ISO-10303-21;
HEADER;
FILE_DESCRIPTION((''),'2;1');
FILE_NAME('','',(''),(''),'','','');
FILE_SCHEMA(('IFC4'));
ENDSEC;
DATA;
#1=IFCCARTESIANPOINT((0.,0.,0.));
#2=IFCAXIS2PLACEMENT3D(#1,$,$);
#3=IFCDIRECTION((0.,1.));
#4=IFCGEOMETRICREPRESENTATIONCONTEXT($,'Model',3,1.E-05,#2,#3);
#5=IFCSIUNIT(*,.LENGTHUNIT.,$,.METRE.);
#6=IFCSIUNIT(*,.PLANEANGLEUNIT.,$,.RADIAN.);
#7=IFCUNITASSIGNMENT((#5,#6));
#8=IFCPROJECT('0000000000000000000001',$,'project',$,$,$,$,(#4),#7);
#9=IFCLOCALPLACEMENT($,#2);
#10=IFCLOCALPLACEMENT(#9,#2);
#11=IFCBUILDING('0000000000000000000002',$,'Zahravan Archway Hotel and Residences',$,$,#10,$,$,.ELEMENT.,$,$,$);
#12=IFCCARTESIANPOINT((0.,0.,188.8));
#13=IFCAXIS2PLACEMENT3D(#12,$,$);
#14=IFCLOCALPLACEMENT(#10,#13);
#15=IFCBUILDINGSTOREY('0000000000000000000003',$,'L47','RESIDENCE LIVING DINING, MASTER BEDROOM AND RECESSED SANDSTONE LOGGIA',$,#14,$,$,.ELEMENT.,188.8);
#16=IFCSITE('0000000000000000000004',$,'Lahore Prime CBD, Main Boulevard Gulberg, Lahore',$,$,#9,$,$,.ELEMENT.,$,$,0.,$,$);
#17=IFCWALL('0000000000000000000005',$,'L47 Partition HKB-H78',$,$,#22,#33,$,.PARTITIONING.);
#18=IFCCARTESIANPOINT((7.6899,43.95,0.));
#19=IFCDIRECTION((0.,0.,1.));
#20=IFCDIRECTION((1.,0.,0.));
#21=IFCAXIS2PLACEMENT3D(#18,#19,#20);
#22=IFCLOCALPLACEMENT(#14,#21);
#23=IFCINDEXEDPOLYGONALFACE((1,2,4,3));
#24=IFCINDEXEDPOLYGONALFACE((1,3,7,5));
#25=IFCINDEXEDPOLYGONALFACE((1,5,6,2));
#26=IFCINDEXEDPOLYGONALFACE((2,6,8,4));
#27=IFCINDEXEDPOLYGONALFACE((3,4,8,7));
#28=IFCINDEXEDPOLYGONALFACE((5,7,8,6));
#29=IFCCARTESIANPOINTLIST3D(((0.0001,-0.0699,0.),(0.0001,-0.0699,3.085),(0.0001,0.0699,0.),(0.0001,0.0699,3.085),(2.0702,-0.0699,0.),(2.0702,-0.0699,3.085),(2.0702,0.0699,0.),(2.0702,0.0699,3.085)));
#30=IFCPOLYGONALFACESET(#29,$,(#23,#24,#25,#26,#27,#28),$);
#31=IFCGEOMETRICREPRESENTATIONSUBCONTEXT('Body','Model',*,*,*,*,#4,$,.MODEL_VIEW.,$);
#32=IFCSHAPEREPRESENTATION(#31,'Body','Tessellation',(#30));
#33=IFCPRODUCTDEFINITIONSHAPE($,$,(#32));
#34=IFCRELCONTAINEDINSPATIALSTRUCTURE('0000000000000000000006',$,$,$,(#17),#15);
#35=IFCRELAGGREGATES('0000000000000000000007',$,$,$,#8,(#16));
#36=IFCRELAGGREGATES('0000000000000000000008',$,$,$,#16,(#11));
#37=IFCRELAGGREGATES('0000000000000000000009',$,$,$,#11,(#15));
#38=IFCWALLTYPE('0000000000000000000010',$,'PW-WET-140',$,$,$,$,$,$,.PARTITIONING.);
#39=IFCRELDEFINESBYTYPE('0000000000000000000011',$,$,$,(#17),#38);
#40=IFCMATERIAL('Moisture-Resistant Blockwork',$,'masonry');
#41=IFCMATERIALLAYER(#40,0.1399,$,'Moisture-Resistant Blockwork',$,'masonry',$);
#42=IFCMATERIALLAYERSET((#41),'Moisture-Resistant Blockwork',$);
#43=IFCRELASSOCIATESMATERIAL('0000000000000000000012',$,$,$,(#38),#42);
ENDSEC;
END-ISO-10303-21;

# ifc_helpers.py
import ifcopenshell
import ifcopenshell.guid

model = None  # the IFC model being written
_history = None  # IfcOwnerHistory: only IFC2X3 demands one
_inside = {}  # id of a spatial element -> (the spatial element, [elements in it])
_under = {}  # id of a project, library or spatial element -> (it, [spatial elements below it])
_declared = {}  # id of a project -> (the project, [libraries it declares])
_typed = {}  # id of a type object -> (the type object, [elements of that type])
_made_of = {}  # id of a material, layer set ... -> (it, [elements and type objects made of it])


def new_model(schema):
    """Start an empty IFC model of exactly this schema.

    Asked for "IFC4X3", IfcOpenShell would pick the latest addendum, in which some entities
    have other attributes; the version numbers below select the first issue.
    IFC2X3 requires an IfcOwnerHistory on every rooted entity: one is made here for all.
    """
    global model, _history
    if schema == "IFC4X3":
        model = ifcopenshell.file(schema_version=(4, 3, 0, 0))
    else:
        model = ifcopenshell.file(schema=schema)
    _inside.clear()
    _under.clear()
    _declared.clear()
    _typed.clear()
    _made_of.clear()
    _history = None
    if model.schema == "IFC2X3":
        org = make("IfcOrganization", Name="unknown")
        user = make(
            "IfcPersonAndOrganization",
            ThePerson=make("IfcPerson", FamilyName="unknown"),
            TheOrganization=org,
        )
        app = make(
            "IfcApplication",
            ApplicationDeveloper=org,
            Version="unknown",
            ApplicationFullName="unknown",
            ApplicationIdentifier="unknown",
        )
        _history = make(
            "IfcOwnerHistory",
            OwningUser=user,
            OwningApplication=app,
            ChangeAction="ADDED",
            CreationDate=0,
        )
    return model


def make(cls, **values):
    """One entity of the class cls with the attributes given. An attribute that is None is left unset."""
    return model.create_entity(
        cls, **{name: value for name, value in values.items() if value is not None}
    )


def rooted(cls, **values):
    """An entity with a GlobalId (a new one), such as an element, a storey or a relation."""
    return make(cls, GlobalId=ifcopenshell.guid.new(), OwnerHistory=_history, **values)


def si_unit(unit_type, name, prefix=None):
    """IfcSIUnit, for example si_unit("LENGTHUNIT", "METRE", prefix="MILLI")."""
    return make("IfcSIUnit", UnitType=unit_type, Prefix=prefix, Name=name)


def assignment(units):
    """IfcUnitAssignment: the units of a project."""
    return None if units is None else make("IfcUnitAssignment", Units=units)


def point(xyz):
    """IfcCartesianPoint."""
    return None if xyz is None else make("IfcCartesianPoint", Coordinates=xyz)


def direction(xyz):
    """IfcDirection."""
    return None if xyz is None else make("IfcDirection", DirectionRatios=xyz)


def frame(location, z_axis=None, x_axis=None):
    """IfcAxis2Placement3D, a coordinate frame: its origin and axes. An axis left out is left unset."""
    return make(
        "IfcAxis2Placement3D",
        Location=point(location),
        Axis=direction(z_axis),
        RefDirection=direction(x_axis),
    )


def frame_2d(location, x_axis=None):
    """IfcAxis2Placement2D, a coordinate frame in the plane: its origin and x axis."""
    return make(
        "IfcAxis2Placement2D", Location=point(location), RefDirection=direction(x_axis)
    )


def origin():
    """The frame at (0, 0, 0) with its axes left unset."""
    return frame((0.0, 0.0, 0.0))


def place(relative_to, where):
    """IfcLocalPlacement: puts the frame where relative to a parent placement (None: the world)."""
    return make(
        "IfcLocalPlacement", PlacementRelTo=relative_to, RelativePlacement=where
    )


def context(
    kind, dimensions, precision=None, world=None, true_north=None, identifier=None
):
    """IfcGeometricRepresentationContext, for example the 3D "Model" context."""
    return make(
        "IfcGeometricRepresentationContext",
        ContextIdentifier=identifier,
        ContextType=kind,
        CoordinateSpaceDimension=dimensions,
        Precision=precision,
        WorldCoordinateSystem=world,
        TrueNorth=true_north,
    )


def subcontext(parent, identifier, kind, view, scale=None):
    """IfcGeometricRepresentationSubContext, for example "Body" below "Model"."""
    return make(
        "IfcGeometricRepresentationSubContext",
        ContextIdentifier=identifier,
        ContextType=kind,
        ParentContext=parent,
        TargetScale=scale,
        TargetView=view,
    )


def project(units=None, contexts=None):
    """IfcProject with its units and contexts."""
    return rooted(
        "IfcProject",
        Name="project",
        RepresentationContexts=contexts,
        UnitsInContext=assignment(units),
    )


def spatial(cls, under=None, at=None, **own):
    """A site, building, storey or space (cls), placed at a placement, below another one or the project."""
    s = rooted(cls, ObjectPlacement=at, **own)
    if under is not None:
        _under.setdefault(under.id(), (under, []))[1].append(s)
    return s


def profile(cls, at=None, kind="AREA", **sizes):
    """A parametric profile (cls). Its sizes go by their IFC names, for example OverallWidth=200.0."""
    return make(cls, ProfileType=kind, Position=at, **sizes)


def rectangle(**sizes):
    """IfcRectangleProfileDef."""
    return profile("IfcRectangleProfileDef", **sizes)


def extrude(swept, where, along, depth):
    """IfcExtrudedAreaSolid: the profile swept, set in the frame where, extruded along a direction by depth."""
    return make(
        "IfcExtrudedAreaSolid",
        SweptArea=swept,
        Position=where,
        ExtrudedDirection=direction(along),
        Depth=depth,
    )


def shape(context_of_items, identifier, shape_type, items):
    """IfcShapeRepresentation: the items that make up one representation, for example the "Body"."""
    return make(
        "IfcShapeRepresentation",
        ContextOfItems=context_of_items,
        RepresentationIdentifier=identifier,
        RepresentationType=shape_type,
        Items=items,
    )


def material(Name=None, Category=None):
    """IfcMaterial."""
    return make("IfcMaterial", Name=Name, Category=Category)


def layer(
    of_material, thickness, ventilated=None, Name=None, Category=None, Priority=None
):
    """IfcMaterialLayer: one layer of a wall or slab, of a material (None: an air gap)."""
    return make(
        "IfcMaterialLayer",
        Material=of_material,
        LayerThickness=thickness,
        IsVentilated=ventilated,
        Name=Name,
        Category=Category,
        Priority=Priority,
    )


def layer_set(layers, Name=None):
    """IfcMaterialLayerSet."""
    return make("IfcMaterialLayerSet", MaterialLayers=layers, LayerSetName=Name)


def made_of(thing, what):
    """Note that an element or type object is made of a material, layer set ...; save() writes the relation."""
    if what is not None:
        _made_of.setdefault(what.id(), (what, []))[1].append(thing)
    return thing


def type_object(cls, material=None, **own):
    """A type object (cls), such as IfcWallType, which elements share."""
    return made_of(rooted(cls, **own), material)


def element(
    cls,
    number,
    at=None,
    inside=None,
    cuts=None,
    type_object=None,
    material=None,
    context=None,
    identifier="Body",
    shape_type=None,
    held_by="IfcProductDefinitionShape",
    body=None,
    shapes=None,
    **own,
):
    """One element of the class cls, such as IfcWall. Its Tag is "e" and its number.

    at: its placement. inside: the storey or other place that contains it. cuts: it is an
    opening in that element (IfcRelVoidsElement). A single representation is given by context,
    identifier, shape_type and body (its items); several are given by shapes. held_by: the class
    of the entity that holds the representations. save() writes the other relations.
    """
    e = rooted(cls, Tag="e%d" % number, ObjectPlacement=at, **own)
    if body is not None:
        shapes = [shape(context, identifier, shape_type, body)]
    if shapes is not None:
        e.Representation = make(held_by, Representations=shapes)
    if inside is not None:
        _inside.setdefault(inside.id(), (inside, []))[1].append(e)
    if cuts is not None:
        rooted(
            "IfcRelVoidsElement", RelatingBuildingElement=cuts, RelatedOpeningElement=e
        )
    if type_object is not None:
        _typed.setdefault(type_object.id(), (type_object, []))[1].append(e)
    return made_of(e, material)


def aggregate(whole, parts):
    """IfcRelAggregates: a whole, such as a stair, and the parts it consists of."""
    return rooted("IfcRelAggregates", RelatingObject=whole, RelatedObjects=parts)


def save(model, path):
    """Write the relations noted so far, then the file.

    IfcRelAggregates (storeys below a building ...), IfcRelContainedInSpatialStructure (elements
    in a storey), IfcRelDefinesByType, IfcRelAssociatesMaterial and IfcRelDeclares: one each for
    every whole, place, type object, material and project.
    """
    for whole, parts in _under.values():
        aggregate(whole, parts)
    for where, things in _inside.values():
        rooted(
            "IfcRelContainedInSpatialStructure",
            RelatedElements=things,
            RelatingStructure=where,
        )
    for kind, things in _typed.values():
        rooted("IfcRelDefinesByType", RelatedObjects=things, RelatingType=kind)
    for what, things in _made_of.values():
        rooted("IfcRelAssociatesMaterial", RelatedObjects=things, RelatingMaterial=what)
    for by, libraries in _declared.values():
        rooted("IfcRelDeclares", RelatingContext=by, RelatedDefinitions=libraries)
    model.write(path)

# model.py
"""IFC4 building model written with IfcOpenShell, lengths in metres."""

from ifc_helpers import new_model, si_unit, direction, frame, frame_2d, origin, place, context, subcontext, project, spatial, rectangle, extrude, material, layer, layer_set, type_object, element, save


model = new_model("IFC4")

# Units and contexts
model_context = context("Model", 3, precision=1e-05, world=origin(), true_north=direction((0.0, 1.0)))
body_context = subcontext(model_context, "Body", "Model", "MODEL_VIEW")
ifc_project = project(units=[si_unit("LENGTHUNIT", "METRE"), si_unit("PLANEANGLEUNIT", "RADIAN")], contexts=[model_context])

# Site, building, storey
site_placement = place(None, origin())
site = spatial("IfcSite", under=ifc_project, at=site_placement, Name="Lahore Prime CBD, Main Boulevard Gulberg, Lahore", CompositionType="ELEMENT", RefElevation=0.0)
building_placement = place(site_placement, origin())
building = spatial("IfcBuilding", under=site, at=building_placement, Name="Zahravan Archway Hotel and Residences", CompositionType="ELEMENT")
storey_placement = place(building_placement, frame((0.0, 0.0, 188.8)))
storey = spatial("IfcBuildingStorey", under=building, at=storey_placement, Name="L47", Description="RESIDENCE LIVING DINING, MASTER BEDROOM AND RECESSED SANDSTONE LOGGIA", CompositionType="ELEMENT", Elevation=188.8)

# Wall
ifc_material_1 = material(Name="Moisture-Resistant Blockwork", Category="masonry")
ifc_layer_1 = layer(ifc_material_1, 0.1399, Name="Moisture-Resistant Blockwork", Category="masonry")
ifc_layer_set_1 = layer_set([ifc_layer_1], Name="Moisture-Resistant Blockwork")
wall_type_1 = type_object("IfcWallType", Name="PW-WET-140", PredefinedType="PARTITIONING", material=ifc_layer_set_1)
wall_1_placement = place(storey_placement, frame((7.6899, 43.95, 0.0), z_axis=(0.0, 0.0, 1.0), x_axis=(1.0, 0.0, 0.0)))
element("IfcWall", 1, at=wall_1_placement, inside=storey, type_object=wall_type_1, Name="L47 Partition HKB-H78", PredefinedType="PARTITIONING", context=body_context, shape_type="SweptSolid", body=[
    extrude(rectangle(XDim=2.0701, YDim=0.1399, at=frame_2d((1.0352, 0.0))), origin(), (0.0, 0.0, 1.0), 3.085),
])

save(model, "model.ifc")
